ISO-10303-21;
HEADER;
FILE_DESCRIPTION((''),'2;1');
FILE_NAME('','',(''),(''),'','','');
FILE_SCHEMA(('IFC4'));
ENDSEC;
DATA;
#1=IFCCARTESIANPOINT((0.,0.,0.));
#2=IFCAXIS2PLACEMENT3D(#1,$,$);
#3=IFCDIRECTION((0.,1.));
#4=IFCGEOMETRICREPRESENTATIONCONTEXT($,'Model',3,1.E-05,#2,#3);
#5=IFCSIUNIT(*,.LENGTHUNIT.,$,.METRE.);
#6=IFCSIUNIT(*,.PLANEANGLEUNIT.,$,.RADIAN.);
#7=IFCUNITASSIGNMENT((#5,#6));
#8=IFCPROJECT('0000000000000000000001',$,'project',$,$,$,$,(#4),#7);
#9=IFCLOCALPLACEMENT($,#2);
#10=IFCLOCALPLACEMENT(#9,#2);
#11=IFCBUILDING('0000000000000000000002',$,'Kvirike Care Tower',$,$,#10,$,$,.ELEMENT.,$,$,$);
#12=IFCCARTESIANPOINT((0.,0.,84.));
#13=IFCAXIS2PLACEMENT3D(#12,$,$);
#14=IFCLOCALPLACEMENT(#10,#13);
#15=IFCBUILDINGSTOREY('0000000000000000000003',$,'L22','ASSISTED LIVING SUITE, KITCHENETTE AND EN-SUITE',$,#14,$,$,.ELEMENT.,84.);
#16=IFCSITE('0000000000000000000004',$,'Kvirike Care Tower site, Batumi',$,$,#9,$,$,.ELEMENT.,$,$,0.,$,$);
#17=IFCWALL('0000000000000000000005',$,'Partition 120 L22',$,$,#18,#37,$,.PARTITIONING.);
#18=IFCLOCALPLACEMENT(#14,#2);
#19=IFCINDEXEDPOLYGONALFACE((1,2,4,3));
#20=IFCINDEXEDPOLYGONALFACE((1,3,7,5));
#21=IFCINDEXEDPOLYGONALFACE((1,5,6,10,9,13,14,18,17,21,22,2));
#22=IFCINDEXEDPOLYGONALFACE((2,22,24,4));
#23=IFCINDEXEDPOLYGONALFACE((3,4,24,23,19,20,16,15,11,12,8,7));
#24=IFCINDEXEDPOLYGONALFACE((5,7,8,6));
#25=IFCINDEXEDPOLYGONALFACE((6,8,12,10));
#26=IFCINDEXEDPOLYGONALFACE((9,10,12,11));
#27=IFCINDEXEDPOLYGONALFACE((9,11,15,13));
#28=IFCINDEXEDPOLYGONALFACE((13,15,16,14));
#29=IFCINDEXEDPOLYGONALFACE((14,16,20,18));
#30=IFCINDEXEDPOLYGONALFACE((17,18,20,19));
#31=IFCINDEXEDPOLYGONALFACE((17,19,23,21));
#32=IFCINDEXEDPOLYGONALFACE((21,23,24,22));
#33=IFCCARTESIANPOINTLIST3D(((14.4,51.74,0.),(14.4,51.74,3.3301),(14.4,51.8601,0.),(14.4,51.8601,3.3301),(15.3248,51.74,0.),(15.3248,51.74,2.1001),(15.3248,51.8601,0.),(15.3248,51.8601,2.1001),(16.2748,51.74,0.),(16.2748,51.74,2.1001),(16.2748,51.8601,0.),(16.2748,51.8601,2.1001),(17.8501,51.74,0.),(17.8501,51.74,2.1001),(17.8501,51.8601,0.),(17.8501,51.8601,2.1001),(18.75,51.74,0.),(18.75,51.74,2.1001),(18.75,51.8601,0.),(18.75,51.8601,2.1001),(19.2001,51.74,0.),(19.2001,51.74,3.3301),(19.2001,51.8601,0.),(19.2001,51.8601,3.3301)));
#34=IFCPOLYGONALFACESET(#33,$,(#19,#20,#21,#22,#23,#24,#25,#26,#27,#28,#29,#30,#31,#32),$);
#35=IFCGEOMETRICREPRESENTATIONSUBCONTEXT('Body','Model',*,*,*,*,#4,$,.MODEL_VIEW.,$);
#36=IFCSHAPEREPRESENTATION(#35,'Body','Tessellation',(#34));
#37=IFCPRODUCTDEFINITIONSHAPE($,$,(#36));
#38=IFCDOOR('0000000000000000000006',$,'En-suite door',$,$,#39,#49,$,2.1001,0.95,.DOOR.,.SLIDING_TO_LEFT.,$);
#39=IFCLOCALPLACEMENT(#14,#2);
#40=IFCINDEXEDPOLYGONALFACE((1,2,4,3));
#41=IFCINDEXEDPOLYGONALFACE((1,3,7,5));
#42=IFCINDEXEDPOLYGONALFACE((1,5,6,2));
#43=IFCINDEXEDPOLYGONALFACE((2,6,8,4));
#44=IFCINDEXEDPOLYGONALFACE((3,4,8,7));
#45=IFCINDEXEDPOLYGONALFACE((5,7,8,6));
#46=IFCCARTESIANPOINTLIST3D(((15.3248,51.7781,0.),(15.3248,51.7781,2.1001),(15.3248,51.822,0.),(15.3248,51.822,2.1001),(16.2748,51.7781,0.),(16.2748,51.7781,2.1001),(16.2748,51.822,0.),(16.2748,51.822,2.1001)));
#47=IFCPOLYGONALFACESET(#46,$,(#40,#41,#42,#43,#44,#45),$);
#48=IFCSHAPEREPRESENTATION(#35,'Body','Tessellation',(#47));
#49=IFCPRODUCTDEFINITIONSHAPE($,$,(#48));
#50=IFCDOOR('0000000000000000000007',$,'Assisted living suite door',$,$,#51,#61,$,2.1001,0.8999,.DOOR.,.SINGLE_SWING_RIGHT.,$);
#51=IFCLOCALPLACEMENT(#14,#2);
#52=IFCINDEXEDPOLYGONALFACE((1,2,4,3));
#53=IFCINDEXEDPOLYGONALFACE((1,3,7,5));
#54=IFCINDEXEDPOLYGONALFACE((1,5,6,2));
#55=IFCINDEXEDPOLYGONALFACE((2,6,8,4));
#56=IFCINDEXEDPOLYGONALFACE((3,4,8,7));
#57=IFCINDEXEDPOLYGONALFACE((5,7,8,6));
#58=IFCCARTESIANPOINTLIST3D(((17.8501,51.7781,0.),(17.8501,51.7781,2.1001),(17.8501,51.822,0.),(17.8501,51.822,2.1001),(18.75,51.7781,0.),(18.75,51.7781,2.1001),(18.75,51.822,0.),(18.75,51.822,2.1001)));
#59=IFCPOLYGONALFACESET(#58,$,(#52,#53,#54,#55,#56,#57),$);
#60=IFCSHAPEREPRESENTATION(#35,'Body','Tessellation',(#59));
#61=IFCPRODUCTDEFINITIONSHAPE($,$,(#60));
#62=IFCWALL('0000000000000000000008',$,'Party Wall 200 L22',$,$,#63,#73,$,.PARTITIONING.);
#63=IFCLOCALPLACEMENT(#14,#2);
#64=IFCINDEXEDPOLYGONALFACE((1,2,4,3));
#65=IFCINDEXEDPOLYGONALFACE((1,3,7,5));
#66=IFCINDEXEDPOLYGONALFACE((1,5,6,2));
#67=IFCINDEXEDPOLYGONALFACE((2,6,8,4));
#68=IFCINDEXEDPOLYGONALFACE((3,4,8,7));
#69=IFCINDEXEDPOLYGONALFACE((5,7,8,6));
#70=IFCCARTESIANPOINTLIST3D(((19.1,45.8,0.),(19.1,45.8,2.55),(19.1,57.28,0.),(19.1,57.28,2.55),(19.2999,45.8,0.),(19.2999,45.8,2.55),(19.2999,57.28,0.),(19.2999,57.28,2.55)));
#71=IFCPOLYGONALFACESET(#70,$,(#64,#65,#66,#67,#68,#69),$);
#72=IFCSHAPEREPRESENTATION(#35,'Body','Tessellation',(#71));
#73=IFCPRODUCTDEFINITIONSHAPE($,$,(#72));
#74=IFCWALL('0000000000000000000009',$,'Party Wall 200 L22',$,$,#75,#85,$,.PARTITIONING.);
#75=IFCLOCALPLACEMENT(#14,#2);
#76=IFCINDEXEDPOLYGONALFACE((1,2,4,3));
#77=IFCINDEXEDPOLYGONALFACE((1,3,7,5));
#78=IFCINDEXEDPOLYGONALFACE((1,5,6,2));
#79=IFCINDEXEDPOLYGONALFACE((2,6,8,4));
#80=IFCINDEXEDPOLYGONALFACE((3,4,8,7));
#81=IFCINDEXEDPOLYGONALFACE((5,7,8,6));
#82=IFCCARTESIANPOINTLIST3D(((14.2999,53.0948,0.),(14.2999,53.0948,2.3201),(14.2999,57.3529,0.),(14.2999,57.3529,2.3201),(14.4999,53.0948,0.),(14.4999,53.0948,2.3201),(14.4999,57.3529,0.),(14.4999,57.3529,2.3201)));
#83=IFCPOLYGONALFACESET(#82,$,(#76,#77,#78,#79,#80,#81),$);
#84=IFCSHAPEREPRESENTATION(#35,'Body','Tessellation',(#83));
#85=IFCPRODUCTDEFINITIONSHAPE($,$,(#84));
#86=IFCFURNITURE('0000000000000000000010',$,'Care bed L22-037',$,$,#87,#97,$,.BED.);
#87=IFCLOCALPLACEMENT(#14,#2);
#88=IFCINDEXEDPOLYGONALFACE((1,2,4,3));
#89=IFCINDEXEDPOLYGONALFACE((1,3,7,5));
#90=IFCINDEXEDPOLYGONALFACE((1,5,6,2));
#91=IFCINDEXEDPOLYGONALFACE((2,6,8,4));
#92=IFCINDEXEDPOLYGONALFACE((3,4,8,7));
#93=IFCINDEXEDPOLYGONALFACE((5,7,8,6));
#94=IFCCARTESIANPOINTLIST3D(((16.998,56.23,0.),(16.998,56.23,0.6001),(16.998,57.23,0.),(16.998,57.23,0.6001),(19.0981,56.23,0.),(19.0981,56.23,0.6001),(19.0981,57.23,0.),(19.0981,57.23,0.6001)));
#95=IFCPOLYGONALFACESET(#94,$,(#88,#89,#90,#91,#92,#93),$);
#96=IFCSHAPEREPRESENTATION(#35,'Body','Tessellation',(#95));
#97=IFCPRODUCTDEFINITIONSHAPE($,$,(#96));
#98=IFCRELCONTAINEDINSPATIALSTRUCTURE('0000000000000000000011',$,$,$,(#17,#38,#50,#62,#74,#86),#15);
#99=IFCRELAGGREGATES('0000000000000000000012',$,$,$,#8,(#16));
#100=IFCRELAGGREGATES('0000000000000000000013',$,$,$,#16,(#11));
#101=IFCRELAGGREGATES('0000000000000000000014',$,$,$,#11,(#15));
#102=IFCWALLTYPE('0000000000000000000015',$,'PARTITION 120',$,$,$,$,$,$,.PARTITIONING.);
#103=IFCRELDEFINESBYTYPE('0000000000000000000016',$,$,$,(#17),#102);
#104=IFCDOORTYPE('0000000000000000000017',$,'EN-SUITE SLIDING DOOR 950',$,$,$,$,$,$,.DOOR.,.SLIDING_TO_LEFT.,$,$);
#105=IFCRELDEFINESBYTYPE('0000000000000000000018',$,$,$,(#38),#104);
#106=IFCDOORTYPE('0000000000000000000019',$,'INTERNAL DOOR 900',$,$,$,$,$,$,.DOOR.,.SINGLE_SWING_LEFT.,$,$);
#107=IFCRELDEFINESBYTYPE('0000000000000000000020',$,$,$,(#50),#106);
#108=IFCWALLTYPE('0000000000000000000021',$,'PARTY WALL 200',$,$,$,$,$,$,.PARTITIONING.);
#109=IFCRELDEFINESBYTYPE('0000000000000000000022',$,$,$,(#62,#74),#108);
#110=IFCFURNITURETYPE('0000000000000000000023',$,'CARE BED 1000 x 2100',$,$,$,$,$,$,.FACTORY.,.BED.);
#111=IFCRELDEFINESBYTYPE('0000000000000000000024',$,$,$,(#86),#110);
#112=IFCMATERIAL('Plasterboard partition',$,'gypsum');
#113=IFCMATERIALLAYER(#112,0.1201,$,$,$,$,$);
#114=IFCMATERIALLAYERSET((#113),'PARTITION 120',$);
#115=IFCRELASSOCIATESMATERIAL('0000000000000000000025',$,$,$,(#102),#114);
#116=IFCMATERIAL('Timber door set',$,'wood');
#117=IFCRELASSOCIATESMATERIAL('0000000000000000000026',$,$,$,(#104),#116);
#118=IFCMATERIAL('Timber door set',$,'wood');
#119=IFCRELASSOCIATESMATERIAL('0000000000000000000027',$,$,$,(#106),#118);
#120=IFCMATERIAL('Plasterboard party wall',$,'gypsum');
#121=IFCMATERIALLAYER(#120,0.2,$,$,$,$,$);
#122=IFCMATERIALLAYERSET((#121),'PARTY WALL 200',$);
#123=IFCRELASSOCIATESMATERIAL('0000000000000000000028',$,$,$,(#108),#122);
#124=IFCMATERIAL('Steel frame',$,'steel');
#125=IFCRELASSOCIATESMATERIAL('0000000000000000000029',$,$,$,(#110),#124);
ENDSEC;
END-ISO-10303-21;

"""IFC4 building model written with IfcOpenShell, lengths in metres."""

from ifc_helpers import new_model, si_unit, direction, frame, frame_2d, origin, origin_2d, place, context, subcontext, project, spatial, rectangle, extrude, material, layer, layer_set, type_object, element, fill, save


model = new_model("IFC4")

# Units and contexts
model_context = context("Model", 3, precision=1e-05, world=origin(), true_north=direction((0.0, 1.0)))
body_context = subcontext(model_context, "Body", "Model", "MODEL_VIEW")
ifc_project = project(units=[si_unit("LENGTHUNIT", "METRE"), si_unit("PLANEANGLEUNIT", "RADIAN")], contexts=[model_context])

# Site, building, storey
site_placement = place(None, origin())
site = spatial("IfcSite", under=ifc_project, at=site_placement, Name="Kvirike Care Tower site, Batumi", CompositionType="ELEMENT", RefElevation=0.0)
building_placement = place(site_placement, origin())
building = spatial("IfcBuilding", under=site, at=building_placement, Name="Kvirike Care Tower", CompositionType="ELEMENT")
storey_placement = place(building_placement, frame((0.0, 0.0, 84.0)))
storey = spatial("IfcBuildingStorey", under=building, at=storey_placement, Name="L22", Description="ASSISTED LIVING SUITE, KITCHENETTE AND EN-SUITE", CompositionType="ELEMENT", Elevation=84.0)

# Wall, openings, doors
ifc_material_1 = material(Name="Plasterboard partition", Category="gypsum")
ifc_layer_1 = layer(ifc_material_1, 0.1201)
ifc_layer_set_1 = layer_set([ifc_layer_1], Name="PARTITION 120")
wall_type_1 = type_object("IfcWallType", Name="PARTITION 120", PredefinedType="PARTITIONING", material=ifc_layer_set_1)
ifc_material_2 = material(Name="Timber door set", Category="wood")
door_type_1 = type_object("IfcDoorType", Name="EN-SUITE SLIDING DOOR 950", OperationType="SLIDING_TO_LEFT", PredefinedType="DOOR", material=ifc_material_2)
ifc_material_3 = material(Name="Timber door set", Category="wood")
door_type_2 = type_object("IfcDoorType", Name="INTERNAL DOOR 900", OperationType="SINGLE_SWING_LEFT", PredefinedType="DOOR", material=ifc_material_3)
wall_1_placement = place(storey_placement, frame((19.2, 51.8, 0.0), z_axis=(0.0, 0.0, 1.0), x_axis=(-1.0, 0.0, 0.0)))
wall_1 = element("IfcWall", 1, at=wall_1_placement, inside=storey, type_object=wall_type_1, Name="Partition 120 L22", PredefinedType="PARTITIONING", context=body_context, shape_type="SweptSolid", body=[
    extrude(rectangle(XDim=4.8, YDim=0.1201, at=frame_2d((2.3999, 0.0))), origin(), (0.0, 0.0, 1.0), 3.3301),
])
opening_1_placement = place(wall_1_placement, frame((0.45, 0.0, 0.0)))
opening_1 = element("IfcOpeningElement", 2, at=opening_1_placement, cuts=wall_1, PredefinedType="OPENING", context=body_context, shape_type="SweptSolid", body=[
    extrude(rectangle(XDim=0.8999, YDim=2.1001, at=frame_2d((0.45, 1.05))), frame((0.0, 0.0706, 0.0), z_axis=(0.0, -1.0, 0.0), x_axis=(1.0, 0.0, 0.0)), (0.0, 0.0, 1.0), 0.1411),
])
opening_2_placement = place(wall_1_placement, frame((2.925, 0.0, 0.0)))
opening_2 = element("IfcOpeningElement", 3, at=opening_2_placement, cuts=wall_1, PredefinedType="OPENING", context=body_context, shape_type="SweptSolid", body=[
    extrude(rectangle(XDim=0.95, YDim=2.1001, at=frame_2d((0.4751, 1.05))), frame((0.0, 0.0706, 0.0), z_axis=(0.0, -1.0, 0.0), x_axis=(1.0, 0.0, 0.0)), (0.0, 0.0, 1.0), 0.1411),
])
door_1_placement = place(opening_2_placement, origin())
door_1 = element("IfcDoor", 4, at=door_1_placement, inside=storey, type_object=door_type_1, Name="En-suite door", OperationType="SLIDING_TO_LEFT", OverallHeight=2.1001, OverallWidth=0.95, PredefinedType="DOOR", context=body_context, shape_type="SweptSolid", body=[
    extrude(rectangle(XDim=0.95, YDim=2.1001, at=frame_2d((0.4751, 1.05))), frame((0.0, 0.022, 0.0), z_axis=(0.0, -1.0, 0.0), x_axis=(1.0, 0.0, 0.0)), (0.0, 0.0, 1.0), 0.0439),
])
fill(opening_2, door_1)
door_2_placement = place(opening_1_placement, origin())
door_2 = element("IfcDoor", 5, at=door_2_placement, inside=storey, type_object=door_type_2, Name="Assisted living suite door", OperationType="SINGLE_SWING_RIGHT", OverallHeight=2.1001, OverallWidth=0.8999, PredefinedType="DOOR", context=body_context, shape_type="SweptSolid", body=[
    extrude(rectangle(XDim=0.8999, YDim=2.1001, at=frame_2d((0.45, 1.05))), frame((0.0, 0.022, 0.0), z_axis=(0.0, -1.0, 0.0), x_axis=(1.0, 0.0, 0.0)), (0.0, 0.0, 1.0), 0.0439),
])
fill(opening_1, door_2)

# Walls
ifc_material_4 = material(Name="Plasterboard party wall", Category="gypsum")
ifc_layer_2 = layer(ifc_material_4, 0.2)
ifc_layer_set_2 = layer_set([ifc_layer_2], Name="PARTY WALL 200")
wall_type_2 = type_object("IfcWallType", Name="PARTY WALL 200", PredefinedType="PARTITIONING", material=ifc_layer_set_2)
wall_2_placement = place(storey_placement, frame((19.2, 57.28, 0.0), z_axis=(0.0, 0.0, 1.0), x_axis=(0.0, -1.0, 0.0)))
element("IfcWall", 6, at=wall_2_placement, inside=storey, type_object=wall_type_2, Name="Party Wall 200 L22", PredefinedType="PARTITIONING", context=body_context, shape_type="SweptSolid", body=[
    extrude(rectangle(XDim=11.48, YDim=0.2, at=frame_2d((5.74, 0.0))), origin(), (0.0, 0.0, 1.0), 2.55),
])
wall_3_placement = place(storey_placement, frame((14.3999, 53.095, 0.0), z_axis=(0.0, 0.0, 1.0), x_axis=(0.0, 1.0, 0.0)))
element("IfcWall", 7, at=wall_3_placement, inside=storey, type_object=wall_type_2, Name="Party Wall 200 L22", PredefinedType="PARTITIONING", context=body_context, shape_type="SweptSolid", body=[
    extrude(rectangle(XDim=4.2581, YDim=0.2, at=frame_2d((2.1289, 0.0))), origin(), (0.0, 0.0, 1.0), 2.3201),
])

# Furniture
ifc_material_5 = material(Name="Steel frame", Category="steel")
furniture_type = type_object("IfcFurnitureType", Name="CARE BED 1000 x 2100", AssemblyPlace="FACTORY", PredefinedType="BED", material=ifc_material_5)
furniture_placement = place(storey_placement, frame((18.0481, 56.73, 0.0), z_axis=(0.0, 0.0, 1.0), x_axis=(0.0, -1.0, 0.0)))
element("IfcFurniture", 8, at=furniture_placement, inside=storey, type_object=furniture_type, Name="Care bed L22-037", PredefinedType="BED", context=body_context, shape_type="SweptSolid", body=[
    extrude(rectangle(XDim=1.0, YDim=2.1001, at=origin_2d()), origin(), (0.0, 0.0, 1.0), 0.6001),
])

save(model, "model.ifc")
